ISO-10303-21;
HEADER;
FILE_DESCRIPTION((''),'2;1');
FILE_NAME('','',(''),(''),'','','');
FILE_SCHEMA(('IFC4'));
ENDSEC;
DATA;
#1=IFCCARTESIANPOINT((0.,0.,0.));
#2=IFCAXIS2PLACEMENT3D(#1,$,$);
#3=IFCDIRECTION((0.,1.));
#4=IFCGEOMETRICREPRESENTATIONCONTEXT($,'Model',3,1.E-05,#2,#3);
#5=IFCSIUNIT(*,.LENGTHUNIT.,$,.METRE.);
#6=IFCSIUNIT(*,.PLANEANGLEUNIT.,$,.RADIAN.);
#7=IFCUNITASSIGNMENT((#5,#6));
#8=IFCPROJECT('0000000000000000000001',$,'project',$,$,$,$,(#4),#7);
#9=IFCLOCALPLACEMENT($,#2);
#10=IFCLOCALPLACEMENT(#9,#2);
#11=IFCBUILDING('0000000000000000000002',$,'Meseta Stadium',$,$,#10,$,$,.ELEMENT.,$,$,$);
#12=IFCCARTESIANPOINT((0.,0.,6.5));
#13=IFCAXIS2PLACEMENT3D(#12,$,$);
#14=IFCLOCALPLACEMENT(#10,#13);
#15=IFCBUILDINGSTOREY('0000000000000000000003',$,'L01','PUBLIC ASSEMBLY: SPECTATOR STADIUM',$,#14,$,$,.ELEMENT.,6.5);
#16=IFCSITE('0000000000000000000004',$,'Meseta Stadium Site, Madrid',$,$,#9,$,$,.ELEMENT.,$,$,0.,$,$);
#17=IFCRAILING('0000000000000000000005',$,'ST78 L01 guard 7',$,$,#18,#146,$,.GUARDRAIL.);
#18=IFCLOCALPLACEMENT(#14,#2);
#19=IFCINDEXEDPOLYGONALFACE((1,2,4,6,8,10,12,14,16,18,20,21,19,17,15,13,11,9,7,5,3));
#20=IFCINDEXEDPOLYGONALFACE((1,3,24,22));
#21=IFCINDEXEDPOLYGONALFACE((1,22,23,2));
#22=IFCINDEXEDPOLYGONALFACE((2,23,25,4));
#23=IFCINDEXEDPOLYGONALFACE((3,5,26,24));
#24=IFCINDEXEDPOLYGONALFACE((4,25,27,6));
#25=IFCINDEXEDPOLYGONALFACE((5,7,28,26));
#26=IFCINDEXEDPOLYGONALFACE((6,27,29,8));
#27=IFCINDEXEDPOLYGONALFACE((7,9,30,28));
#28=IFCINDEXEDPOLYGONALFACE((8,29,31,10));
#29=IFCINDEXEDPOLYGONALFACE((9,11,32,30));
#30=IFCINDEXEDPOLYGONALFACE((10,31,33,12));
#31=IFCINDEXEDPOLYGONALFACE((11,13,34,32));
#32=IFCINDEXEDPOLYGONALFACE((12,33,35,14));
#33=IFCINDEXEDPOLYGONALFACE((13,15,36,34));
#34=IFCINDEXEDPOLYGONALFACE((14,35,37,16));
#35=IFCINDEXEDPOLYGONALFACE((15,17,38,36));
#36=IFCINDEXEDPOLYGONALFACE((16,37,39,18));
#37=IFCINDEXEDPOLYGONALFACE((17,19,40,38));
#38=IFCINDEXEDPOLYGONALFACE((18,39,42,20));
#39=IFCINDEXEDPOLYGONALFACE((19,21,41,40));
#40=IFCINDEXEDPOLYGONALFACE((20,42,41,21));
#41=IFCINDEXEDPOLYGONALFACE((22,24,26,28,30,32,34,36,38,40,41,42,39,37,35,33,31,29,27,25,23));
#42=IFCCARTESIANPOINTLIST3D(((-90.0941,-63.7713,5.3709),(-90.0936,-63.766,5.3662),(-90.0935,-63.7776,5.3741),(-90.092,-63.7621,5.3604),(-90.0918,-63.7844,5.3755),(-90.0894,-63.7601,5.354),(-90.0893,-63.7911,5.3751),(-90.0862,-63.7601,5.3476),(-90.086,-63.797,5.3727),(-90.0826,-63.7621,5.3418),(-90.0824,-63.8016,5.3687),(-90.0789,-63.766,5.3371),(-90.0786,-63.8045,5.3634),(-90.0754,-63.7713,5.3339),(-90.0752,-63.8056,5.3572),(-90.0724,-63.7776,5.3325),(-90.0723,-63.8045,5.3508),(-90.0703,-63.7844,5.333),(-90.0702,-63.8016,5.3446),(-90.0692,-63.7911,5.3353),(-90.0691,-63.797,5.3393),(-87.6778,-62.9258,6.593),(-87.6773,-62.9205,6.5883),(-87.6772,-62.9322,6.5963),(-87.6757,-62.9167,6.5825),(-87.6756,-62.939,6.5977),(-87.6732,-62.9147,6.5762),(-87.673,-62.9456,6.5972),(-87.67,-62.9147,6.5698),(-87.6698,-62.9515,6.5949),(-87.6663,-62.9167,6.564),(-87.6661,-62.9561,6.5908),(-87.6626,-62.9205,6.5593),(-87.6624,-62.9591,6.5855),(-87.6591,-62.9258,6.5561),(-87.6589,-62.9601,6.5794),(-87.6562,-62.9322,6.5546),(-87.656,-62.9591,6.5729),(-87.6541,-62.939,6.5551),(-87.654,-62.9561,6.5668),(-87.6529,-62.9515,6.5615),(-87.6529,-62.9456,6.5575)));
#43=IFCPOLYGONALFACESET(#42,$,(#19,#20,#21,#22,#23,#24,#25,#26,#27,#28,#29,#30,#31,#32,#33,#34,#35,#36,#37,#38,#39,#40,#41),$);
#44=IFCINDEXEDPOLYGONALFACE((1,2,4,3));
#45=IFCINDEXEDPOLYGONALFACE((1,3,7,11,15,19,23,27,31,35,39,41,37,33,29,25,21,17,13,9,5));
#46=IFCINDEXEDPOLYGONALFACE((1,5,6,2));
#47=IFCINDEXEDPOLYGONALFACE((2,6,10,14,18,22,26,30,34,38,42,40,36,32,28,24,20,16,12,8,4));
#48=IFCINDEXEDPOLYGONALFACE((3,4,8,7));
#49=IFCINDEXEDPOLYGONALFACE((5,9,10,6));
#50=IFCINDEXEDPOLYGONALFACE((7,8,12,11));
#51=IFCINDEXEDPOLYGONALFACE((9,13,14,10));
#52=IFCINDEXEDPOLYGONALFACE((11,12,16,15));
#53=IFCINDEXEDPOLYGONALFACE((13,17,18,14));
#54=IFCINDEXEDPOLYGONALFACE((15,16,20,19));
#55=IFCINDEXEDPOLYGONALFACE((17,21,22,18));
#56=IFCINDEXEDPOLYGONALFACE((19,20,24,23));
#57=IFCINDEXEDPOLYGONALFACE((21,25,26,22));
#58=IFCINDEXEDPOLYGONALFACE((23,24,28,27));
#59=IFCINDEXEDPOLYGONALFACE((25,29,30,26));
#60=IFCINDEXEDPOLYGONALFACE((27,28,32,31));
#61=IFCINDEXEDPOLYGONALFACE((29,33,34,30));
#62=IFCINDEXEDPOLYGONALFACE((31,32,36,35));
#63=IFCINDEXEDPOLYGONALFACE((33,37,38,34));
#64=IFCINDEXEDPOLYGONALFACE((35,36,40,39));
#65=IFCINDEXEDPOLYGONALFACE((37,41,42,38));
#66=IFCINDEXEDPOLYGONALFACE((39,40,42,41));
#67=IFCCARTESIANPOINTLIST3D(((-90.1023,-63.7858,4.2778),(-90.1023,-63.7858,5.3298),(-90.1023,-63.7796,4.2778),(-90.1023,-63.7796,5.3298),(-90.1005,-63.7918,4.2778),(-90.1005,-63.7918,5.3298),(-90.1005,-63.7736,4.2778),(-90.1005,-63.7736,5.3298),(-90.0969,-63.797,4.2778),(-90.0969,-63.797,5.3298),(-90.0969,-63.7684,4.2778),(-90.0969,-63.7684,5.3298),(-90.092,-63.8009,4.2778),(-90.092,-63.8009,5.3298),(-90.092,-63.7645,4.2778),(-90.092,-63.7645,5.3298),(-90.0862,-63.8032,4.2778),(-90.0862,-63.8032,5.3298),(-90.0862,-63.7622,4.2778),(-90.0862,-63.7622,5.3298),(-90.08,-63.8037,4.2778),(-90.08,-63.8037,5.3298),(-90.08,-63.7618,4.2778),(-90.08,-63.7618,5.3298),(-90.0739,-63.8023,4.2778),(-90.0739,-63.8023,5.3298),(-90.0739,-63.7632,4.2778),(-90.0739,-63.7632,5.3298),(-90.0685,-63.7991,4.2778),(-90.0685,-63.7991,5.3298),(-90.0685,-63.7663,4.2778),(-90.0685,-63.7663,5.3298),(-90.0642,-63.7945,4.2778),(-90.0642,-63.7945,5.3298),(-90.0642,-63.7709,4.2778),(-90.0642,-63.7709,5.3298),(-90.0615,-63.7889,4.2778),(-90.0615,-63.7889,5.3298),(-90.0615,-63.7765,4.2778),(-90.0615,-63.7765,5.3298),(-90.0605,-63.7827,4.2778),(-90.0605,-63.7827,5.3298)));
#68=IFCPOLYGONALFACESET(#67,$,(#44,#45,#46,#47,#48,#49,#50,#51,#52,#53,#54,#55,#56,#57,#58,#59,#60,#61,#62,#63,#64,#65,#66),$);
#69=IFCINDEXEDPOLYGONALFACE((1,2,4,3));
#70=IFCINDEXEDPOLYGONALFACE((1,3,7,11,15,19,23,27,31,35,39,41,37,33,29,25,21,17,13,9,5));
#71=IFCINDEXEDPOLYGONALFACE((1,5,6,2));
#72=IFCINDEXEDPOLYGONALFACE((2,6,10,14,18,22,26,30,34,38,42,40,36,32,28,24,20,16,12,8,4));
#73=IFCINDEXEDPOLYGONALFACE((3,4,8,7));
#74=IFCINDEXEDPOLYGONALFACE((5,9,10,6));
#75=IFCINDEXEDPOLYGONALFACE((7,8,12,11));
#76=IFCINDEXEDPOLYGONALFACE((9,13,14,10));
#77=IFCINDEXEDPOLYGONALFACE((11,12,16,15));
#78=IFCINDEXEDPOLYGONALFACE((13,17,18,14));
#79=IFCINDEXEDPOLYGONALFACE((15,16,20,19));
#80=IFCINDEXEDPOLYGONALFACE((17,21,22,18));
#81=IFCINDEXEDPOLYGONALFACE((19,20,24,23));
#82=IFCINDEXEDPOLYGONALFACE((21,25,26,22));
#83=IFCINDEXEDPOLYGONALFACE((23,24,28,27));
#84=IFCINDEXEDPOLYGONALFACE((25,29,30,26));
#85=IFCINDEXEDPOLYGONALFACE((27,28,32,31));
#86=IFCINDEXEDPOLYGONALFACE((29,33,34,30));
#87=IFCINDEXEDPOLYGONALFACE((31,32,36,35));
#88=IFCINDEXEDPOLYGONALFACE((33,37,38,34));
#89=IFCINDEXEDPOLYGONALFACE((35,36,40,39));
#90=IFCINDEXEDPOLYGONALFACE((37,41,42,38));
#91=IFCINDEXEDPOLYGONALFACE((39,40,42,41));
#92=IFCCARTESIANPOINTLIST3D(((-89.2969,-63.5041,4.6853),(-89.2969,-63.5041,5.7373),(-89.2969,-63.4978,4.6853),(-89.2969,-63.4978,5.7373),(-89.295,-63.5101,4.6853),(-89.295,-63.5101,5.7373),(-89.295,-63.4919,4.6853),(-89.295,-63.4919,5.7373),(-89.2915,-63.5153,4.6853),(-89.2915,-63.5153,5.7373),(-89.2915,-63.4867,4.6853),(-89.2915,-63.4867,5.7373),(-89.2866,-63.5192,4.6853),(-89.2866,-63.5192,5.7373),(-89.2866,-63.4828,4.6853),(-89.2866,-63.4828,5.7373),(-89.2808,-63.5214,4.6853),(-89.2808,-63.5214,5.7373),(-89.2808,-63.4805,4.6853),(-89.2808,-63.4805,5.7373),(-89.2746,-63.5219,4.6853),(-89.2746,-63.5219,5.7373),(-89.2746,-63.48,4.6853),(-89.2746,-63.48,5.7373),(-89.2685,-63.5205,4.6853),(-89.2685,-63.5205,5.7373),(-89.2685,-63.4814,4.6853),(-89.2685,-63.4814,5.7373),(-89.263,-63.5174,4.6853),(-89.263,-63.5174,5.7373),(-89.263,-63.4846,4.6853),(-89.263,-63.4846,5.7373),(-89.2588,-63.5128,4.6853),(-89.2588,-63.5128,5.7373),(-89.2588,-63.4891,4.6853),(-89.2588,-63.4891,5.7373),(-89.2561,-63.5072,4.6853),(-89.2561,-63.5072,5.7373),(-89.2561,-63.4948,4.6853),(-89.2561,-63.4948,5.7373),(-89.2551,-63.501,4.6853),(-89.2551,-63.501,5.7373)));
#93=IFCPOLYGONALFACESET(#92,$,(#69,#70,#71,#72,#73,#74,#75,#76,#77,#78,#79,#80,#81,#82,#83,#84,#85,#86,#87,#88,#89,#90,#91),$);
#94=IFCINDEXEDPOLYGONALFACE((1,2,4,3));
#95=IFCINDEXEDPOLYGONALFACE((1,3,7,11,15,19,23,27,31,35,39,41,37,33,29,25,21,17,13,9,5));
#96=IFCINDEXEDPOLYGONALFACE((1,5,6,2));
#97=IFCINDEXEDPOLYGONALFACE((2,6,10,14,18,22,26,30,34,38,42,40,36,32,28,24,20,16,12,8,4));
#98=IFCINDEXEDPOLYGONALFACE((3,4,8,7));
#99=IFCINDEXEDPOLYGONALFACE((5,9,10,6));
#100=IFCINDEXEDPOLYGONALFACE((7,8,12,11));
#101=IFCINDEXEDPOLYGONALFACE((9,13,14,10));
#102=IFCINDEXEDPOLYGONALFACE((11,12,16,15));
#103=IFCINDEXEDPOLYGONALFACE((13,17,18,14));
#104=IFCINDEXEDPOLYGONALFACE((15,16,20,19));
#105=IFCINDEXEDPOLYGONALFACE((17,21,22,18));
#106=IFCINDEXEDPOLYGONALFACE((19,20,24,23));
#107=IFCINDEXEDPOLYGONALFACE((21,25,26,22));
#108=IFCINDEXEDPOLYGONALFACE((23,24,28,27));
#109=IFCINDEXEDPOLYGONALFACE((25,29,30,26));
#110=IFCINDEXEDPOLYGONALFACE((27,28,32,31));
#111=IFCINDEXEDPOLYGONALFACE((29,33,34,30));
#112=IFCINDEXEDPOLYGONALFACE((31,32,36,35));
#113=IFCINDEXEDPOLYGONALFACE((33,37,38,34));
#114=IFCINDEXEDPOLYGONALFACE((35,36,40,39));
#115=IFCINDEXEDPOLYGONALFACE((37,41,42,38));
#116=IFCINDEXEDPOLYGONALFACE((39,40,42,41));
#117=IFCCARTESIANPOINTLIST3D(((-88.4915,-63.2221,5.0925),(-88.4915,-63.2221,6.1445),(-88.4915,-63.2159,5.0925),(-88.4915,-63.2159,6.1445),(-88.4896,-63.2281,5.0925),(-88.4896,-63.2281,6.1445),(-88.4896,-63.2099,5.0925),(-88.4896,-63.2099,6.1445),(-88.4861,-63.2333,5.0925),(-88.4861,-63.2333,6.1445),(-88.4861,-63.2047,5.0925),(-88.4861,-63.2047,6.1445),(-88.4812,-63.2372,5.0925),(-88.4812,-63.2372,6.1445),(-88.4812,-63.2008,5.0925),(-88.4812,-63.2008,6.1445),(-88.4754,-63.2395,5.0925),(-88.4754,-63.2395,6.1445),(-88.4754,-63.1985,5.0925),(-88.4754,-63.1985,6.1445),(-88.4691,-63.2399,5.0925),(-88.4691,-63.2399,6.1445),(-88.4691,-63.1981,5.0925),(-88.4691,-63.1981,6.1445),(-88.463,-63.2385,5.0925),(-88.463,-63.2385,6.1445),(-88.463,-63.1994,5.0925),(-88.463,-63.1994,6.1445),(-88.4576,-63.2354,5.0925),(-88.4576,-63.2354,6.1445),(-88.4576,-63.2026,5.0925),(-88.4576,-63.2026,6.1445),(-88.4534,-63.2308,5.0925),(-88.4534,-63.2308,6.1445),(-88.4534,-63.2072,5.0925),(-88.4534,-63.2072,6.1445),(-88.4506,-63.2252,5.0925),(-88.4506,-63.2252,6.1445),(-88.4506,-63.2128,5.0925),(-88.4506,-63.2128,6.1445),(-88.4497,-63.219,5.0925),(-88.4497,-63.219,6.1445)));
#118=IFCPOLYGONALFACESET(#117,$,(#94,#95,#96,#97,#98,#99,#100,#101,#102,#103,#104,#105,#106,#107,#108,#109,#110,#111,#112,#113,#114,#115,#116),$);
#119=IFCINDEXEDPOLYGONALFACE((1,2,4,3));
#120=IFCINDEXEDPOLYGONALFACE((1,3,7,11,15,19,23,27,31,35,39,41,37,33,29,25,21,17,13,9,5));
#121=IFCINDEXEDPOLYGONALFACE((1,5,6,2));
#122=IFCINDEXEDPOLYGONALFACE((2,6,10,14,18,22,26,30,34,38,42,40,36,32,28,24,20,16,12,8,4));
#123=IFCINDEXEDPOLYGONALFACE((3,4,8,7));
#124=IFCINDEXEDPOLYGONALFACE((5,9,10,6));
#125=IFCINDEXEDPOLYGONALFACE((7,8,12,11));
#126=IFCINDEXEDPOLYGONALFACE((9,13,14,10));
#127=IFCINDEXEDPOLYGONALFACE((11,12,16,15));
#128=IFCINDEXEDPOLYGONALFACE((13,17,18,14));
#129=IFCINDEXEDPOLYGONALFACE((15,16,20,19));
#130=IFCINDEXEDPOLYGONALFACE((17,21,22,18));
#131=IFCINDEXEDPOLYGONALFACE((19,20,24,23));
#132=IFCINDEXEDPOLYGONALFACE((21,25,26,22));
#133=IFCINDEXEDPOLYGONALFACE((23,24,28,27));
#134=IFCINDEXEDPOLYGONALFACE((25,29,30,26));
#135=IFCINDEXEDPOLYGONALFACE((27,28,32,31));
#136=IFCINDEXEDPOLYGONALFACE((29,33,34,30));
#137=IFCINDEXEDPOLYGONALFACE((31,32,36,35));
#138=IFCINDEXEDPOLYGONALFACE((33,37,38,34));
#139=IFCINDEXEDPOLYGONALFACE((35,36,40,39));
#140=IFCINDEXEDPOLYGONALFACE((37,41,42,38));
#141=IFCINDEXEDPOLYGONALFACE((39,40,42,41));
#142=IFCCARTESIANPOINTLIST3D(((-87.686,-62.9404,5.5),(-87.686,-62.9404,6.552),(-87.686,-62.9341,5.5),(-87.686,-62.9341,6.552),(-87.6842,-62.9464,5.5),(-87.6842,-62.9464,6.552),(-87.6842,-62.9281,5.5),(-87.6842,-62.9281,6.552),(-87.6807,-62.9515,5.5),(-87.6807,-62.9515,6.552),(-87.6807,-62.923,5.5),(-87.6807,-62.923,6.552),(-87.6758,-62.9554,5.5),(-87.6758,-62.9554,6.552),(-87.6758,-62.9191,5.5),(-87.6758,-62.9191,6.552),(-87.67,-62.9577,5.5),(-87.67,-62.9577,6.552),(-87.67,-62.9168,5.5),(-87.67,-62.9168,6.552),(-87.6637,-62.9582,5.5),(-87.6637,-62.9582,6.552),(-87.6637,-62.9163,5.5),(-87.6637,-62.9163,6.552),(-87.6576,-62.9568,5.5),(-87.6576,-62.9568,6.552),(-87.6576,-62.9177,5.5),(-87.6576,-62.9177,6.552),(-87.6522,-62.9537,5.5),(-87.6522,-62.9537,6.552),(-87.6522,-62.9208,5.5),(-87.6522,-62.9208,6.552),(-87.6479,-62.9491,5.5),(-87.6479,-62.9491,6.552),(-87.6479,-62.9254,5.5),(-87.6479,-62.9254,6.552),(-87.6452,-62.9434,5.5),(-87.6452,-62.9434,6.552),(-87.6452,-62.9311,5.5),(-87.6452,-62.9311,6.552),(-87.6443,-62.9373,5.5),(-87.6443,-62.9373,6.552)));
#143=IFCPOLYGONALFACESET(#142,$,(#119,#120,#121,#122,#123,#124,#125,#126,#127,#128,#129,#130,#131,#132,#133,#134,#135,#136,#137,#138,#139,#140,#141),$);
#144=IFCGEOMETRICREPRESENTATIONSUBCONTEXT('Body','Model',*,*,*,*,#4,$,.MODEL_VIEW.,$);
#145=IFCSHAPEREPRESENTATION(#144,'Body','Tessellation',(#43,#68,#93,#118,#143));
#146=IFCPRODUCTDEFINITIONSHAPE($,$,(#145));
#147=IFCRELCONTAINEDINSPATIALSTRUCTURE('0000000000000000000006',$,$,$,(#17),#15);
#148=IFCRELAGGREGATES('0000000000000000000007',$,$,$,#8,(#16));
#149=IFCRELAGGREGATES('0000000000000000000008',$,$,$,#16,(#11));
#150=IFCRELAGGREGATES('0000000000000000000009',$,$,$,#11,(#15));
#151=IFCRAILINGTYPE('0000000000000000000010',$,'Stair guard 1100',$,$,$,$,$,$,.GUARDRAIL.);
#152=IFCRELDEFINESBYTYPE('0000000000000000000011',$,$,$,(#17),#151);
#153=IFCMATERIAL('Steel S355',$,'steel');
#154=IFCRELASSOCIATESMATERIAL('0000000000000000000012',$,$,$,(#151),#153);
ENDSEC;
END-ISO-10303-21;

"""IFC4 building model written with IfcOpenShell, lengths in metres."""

from ifc_helpers import new_model, si_unit, direction, frame, origin, origin_2d, place, context, subcontext, project, spatial, circle, extrude, material, type_object, element, save


model = new_model("IFC4")

# Units and contexts
model_context = context("Model", 3, precision=1e-05, world=origin(), true_north=direction((0.0, 1.0)))
body_context = subcontext(model_context, "Body", "Model", "MODEL_VIEW")
ifc_project = project(units=[si_unit("LENGTHUNIT", "METRE"), si_unit("PLANEANGLEUNIT", "RADIAN")], contexts=[model_context])

# Site, building, storey
site_placement = place(None, origin())
site = spatial("IfcSite", under=ifc_project, at=site_placement, Name="Meseta Stadium Site, Madrid", CompositionType="ELEMENT", RefElevation=0.0)
building_placement = place(site_placement, origin())
building = spatial("IfcBuilding", under=site, at=building_placement, Name="Meseta Stadium", CompositionType="ELEMENT")
storey_placement = place(building_placement, frame((0.0, 0.0, 6.5)))
storey = spatial("IfcBuildingStorey", under=building, at=storey_placement, Name="L01", Description="PUBLIC ASSEMBLY: SPECTATOR STADIUM", CompositionType="ELEMENT", Elevation=6.5)

# Railing
ifc_material_1 = material(Name="Steel S355", Category="steel")
railing_type_1 = type_object("IfcRailingType", Name="Stair guard 1100", PredefinedType="GUARDRAIL", material=ifc_material_1)
railing_1_placement = place(storey_placement, frame((-90.0815, -63.7827, 4.2778)))
element("IfcRailing", 1, at=railing_1_placement, inside=storey, type_object=railing_type_1, Name="ST78 L01 guard 7", PredefinedType="GUARDRAIL", context=body_context, shape_type="SweptSolid", body=[
    extrude(circle(Radius=0.0239, at=origin_2d()), frame((0.0, 0.0, 1.0762), z_axis=(0.851789, 0.298044, 0.430843), x_axis=(-0.33027, 0.943887, 0.0)), (0.0, 0.0, 1.0), 2.8367),
    extrude(circle(Radius=0.021, at=origin_2d()), origin(), (0.0, 0.0, 1.0), 1.052),
    extrude(circle(Radius=0.021, at=origin_2d()), frame((0.8054, 0.2817, 0.4075)), (0.0, 0.0, 1.0), 1.052),
    extrude(circle(Radius=0.021, at=origin_2d()), frame((1.6108, 0.5637, 0.8147)), (0.0, 0.0, 1.0), 1.052),
    extrude(circle(Radius=0.021, at=origin_2d()), frame((2.4163, 0.8455, 1.2222)), (0.0, 0.0, 1.0), 1.052),
])

save(model, "model.ifc")
